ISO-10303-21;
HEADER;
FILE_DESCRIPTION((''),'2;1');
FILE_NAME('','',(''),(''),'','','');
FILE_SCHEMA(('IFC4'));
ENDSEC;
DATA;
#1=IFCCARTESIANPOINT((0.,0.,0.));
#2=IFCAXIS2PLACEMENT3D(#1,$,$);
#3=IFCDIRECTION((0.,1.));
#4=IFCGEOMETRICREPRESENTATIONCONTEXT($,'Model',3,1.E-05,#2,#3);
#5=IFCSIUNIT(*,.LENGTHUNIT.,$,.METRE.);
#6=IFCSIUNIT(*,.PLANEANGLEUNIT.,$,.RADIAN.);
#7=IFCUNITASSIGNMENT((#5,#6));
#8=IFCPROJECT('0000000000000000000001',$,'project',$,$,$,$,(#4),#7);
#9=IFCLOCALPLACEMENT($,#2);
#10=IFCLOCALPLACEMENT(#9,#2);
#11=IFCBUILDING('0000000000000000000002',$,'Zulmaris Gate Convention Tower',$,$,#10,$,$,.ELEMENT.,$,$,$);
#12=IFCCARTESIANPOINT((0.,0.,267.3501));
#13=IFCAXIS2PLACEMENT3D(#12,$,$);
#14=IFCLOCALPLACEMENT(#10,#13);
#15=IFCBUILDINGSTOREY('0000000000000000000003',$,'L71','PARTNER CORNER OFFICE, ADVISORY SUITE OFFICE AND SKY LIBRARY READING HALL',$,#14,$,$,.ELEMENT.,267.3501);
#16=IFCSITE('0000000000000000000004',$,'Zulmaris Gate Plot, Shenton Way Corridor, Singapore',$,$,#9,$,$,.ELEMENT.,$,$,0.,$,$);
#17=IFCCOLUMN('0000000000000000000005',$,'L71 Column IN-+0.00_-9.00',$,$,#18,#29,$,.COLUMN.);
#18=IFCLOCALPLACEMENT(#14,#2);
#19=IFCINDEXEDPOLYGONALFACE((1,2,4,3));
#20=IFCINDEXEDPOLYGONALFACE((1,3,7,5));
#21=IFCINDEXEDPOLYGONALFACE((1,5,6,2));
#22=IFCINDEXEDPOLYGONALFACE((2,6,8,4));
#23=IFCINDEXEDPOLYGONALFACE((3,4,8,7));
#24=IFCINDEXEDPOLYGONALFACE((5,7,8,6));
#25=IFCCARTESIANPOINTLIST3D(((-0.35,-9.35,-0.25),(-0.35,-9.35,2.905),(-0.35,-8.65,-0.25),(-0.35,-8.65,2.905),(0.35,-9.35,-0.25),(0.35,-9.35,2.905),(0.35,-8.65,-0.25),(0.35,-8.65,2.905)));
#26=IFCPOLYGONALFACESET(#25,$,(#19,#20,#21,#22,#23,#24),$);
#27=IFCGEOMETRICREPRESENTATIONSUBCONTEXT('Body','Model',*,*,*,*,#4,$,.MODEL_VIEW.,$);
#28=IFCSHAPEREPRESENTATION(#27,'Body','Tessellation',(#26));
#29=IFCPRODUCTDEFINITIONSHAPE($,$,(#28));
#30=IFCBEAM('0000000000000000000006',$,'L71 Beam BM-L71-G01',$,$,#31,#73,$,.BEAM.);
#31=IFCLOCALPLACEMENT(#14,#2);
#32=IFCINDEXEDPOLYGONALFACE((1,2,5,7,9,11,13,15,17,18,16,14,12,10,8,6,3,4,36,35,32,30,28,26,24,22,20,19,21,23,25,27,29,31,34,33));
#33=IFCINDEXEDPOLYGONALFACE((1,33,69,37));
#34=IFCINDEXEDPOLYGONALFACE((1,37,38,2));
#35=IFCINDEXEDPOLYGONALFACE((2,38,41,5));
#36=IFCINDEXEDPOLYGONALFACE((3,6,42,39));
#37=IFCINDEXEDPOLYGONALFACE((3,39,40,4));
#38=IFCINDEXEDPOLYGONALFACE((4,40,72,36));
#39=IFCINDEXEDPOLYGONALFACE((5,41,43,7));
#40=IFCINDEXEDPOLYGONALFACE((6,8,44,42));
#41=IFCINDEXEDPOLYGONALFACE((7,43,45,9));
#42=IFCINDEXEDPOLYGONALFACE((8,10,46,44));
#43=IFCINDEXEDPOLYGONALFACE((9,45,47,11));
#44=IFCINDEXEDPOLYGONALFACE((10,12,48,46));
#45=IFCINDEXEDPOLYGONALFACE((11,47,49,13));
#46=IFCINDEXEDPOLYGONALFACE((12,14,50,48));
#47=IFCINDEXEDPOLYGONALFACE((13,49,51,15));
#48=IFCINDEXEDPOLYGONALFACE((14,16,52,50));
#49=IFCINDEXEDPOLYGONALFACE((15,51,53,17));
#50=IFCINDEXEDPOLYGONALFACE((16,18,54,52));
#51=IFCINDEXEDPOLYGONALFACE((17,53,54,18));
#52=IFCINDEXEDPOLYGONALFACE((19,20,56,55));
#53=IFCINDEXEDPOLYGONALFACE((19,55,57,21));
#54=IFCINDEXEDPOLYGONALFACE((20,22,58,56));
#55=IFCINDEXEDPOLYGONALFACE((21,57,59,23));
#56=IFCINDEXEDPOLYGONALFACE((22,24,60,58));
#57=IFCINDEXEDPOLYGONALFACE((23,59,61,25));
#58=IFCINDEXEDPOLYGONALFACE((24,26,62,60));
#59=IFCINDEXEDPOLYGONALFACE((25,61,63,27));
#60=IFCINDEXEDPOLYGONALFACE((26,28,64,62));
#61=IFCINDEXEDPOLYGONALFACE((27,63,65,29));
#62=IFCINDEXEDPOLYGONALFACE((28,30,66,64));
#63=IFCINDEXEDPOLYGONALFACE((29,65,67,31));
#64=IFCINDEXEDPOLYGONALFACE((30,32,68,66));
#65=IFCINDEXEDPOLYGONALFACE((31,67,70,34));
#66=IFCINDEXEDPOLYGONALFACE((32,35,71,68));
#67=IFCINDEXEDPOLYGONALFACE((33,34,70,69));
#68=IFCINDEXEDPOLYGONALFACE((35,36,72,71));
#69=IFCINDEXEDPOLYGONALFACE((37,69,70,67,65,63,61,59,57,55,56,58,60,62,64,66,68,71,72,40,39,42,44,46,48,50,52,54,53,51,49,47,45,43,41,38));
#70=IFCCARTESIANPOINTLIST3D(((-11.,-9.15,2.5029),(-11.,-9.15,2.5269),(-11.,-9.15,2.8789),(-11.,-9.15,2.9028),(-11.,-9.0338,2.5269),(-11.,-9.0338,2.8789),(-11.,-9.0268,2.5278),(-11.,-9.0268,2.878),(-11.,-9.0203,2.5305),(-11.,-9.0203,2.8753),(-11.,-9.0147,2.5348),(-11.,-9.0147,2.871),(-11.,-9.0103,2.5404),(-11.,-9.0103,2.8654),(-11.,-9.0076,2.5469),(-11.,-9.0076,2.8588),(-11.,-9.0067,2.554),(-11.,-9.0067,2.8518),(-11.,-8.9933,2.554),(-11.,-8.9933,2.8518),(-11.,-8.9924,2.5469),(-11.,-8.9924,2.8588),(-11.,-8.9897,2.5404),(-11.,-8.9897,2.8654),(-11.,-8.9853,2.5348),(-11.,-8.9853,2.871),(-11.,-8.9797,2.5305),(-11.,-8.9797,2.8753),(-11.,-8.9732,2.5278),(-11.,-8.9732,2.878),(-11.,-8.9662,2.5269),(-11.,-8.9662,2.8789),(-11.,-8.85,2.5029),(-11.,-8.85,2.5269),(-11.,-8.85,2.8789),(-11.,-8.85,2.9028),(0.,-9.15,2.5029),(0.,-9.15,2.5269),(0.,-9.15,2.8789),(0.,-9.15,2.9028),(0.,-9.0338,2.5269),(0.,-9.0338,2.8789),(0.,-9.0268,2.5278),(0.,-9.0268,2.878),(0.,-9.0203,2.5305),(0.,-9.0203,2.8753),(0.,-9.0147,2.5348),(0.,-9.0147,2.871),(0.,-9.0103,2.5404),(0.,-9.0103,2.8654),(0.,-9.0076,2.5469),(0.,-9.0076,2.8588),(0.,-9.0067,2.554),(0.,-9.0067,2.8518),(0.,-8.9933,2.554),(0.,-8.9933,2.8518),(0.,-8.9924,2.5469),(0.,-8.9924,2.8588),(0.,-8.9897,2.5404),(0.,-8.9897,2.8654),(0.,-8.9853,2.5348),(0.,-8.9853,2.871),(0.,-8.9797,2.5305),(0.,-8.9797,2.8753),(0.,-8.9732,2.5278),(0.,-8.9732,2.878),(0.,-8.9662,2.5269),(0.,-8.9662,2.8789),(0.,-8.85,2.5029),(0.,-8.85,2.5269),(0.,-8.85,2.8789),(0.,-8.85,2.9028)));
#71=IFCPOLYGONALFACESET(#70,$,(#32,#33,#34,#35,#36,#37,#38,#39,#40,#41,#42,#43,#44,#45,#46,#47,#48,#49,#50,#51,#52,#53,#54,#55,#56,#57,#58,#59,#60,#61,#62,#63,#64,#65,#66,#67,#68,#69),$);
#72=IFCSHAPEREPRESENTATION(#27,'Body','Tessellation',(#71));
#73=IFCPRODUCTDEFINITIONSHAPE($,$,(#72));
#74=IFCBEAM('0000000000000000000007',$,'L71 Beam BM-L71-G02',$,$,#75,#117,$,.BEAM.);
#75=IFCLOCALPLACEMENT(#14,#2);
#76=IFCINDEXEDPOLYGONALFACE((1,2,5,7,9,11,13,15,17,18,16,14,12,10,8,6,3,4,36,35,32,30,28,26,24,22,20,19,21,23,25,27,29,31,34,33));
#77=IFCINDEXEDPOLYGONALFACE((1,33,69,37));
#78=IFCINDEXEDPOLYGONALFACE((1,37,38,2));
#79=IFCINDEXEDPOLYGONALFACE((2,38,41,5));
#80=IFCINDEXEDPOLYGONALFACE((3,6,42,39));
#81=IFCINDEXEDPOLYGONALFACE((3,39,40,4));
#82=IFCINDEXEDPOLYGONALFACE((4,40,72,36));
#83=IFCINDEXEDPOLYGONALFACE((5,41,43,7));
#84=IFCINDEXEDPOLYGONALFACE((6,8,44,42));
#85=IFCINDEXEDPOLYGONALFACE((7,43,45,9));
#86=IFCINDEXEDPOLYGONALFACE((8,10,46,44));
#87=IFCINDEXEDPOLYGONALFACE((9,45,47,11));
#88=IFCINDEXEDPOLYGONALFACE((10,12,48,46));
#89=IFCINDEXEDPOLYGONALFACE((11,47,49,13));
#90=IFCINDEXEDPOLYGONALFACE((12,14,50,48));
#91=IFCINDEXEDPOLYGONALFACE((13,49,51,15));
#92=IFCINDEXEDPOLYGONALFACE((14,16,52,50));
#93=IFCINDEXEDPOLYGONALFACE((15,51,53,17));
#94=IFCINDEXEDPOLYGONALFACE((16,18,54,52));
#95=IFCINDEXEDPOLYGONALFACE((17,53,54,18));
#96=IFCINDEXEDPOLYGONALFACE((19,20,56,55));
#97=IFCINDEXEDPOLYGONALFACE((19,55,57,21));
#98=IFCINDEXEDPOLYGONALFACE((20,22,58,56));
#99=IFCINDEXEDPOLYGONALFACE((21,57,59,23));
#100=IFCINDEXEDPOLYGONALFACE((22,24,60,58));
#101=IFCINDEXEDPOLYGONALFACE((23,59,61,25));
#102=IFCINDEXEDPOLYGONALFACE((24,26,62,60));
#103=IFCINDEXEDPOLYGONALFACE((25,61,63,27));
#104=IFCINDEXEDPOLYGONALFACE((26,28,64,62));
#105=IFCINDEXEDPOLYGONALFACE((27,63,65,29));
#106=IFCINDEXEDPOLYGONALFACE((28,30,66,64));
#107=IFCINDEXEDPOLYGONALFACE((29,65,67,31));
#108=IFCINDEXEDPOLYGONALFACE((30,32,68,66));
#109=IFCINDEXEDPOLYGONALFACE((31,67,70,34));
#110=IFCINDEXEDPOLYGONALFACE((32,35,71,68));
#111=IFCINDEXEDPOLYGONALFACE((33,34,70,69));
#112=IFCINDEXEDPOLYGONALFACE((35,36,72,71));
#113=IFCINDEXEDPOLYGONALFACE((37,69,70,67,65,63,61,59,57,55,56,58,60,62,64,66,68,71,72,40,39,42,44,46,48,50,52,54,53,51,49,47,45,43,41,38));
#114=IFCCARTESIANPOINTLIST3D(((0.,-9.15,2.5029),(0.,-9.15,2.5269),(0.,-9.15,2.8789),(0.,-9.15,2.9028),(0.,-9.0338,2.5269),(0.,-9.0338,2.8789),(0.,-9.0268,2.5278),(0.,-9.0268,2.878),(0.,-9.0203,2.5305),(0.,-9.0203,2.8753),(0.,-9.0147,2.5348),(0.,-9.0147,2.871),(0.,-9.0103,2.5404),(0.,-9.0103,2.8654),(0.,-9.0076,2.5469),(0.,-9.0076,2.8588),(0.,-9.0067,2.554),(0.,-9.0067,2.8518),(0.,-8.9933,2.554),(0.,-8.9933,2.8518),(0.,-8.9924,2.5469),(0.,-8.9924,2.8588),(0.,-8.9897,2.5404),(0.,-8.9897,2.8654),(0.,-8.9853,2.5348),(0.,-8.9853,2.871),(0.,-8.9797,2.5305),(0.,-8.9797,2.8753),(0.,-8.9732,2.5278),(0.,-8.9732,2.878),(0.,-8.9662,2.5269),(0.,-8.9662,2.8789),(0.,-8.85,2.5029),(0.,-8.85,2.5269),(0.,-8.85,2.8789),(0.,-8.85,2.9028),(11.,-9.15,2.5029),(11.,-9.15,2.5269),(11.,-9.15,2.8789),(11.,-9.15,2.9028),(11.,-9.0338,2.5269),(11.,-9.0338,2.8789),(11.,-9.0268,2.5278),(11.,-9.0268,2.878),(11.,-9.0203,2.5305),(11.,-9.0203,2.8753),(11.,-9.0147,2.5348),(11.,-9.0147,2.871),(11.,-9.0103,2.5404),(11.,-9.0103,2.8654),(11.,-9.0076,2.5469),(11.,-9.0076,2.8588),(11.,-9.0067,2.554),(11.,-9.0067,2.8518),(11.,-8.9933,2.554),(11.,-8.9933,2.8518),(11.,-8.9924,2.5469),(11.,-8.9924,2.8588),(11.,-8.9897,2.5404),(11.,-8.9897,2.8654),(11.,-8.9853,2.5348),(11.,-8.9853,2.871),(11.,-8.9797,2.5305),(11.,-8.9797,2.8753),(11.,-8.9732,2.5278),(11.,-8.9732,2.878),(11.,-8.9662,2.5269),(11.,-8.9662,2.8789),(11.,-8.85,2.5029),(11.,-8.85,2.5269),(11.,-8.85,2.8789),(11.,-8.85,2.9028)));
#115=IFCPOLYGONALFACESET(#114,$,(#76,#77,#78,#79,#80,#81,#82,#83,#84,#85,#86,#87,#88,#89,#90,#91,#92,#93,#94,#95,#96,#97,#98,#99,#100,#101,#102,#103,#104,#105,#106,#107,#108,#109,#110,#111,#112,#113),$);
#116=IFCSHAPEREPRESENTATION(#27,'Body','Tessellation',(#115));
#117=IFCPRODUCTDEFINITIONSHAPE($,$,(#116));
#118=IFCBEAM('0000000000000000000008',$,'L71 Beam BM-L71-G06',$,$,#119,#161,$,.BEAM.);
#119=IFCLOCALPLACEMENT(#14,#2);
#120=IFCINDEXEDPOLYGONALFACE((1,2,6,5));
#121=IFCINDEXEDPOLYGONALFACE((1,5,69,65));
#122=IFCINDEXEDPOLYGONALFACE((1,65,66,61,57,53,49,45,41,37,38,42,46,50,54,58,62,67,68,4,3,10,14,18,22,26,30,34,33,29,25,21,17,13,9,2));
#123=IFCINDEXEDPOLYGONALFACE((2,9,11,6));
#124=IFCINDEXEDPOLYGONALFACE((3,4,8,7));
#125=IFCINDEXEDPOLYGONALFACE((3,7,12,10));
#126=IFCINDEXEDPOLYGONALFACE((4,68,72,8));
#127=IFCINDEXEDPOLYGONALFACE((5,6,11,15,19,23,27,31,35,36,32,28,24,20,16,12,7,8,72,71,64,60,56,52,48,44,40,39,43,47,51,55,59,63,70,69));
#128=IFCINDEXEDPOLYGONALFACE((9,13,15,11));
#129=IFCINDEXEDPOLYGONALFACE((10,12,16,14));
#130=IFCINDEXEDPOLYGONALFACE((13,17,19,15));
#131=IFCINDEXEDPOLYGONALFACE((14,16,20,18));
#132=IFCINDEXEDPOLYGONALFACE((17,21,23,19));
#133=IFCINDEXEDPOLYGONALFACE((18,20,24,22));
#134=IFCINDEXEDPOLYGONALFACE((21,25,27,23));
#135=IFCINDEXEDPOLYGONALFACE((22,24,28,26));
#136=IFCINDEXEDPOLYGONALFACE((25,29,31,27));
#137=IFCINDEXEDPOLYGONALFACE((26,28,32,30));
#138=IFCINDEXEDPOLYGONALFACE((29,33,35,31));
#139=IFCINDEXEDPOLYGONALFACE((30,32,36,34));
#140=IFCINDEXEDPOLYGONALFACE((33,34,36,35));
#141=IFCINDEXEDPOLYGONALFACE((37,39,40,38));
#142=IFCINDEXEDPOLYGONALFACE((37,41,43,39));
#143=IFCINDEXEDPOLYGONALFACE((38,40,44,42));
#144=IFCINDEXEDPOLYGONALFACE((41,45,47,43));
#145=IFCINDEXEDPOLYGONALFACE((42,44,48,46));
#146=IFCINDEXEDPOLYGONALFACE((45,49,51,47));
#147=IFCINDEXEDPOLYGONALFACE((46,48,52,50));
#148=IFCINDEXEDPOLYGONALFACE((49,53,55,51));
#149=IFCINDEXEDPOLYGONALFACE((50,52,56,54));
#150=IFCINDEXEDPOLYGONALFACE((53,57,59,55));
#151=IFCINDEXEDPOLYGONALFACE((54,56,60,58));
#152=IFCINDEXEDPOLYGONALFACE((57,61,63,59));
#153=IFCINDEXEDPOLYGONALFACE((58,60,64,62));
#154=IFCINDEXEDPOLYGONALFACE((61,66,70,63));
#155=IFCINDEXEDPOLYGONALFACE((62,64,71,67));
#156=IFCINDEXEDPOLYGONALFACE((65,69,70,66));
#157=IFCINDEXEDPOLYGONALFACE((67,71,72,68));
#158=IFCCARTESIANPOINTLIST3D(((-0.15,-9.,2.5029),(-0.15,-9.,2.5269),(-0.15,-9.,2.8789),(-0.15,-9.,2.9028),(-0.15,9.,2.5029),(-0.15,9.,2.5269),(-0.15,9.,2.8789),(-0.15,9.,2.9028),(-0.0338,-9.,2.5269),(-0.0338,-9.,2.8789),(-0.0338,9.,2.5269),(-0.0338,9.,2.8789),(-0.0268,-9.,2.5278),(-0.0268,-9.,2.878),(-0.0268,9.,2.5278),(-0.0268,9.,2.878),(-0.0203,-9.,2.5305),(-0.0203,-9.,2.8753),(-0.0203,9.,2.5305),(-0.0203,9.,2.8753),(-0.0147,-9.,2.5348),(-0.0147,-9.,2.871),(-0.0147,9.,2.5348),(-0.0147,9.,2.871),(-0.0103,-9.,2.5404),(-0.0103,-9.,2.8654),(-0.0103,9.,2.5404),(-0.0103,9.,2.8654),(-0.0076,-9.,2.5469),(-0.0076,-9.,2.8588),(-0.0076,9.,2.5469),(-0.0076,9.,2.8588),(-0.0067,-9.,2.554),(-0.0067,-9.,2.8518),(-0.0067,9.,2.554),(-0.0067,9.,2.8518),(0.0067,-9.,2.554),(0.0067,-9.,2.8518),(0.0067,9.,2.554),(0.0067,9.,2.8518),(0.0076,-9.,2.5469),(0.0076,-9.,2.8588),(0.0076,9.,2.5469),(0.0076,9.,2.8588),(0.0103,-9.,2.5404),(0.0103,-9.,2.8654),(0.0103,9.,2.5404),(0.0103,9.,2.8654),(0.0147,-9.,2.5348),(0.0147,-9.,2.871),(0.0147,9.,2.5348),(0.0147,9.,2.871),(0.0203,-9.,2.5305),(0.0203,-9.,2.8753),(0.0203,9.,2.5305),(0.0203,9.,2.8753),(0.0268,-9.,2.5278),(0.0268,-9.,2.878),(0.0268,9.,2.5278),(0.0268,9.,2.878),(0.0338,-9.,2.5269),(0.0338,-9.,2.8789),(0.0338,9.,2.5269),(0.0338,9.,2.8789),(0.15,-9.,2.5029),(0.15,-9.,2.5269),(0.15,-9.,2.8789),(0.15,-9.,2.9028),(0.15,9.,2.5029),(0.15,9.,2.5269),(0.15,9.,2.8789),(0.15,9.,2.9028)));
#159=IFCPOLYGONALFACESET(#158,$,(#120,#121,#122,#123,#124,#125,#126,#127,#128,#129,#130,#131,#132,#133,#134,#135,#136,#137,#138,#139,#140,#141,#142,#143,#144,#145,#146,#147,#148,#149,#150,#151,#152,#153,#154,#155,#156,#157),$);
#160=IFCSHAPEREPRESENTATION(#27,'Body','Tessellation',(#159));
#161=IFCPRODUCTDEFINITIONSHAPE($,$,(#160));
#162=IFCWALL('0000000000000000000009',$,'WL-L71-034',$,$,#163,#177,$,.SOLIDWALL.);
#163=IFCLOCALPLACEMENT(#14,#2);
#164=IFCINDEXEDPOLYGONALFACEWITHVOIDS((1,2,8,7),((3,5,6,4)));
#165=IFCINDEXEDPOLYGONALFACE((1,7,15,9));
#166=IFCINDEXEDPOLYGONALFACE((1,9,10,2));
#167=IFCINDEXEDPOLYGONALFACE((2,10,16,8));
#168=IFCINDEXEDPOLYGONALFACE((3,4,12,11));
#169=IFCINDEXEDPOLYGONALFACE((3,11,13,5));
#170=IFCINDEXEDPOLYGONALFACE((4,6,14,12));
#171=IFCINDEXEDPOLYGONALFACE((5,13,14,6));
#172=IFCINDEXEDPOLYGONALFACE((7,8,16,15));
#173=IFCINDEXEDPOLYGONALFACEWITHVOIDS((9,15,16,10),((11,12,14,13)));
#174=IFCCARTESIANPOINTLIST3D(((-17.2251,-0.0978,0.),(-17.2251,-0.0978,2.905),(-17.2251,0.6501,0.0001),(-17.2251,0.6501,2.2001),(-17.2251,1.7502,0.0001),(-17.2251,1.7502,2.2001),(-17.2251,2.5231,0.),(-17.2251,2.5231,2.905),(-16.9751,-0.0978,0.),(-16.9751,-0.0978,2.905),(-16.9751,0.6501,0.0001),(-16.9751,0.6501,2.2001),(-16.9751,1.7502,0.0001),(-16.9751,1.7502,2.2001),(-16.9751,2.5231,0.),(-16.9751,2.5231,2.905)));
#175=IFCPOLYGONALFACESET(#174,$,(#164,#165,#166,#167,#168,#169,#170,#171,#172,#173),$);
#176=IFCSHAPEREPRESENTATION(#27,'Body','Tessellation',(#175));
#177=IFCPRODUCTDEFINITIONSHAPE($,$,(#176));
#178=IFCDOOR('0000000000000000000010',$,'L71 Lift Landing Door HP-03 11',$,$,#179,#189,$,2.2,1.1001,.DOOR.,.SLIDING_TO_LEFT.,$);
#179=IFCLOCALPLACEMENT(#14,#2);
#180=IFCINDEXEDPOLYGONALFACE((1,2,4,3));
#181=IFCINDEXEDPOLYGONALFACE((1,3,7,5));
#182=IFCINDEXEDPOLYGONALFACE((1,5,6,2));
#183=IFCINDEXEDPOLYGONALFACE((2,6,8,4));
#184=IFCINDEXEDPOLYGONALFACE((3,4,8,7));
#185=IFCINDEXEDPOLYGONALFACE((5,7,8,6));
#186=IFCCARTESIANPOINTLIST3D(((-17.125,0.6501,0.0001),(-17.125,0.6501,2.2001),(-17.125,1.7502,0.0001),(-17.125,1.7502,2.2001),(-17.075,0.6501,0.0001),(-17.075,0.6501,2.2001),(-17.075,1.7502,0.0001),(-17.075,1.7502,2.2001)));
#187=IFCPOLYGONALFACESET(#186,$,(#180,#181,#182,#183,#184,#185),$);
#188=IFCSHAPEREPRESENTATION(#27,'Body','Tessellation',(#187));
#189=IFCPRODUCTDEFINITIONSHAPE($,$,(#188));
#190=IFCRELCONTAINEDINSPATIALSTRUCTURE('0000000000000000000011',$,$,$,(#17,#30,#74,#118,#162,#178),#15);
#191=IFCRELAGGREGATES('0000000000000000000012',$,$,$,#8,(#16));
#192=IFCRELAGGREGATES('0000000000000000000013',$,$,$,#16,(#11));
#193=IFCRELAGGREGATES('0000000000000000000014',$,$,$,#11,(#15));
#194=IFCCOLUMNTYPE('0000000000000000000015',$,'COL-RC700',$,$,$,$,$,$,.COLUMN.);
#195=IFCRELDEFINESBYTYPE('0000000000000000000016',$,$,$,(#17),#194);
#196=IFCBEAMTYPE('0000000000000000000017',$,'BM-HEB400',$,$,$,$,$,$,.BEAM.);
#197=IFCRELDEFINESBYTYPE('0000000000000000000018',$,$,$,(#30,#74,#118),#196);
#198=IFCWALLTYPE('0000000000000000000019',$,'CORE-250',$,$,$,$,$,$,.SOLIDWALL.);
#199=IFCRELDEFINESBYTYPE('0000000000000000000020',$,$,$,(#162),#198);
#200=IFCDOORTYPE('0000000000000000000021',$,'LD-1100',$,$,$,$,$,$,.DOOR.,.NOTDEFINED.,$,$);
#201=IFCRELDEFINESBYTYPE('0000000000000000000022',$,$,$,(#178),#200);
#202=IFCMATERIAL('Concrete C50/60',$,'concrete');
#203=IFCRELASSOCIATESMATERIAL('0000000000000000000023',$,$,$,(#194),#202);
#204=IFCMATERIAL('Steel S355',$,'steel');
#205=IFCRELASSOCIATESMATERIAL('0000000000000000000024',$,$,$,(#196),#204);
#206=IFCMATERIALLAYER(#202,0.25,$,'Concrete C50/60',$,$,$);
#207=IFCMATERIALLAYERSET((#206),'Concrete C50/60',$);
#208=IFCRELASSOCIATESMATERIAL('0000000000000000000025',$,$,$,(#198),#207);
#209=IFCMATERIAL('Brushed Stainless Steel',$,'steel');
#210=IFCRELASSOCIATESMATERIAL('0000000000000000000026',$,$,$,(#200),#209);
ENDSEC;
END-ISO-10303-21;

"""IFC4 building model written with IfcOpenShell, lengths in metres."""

from ifc_helpers import new_model, si_unit, direction, frame, frame_2d, origin, origin_2d, place, context, subcontext, project, spatial, rectangle, i_section, extrude, material, layer, layer_set, material_profile, profile_set, type_object, element, fill, save


model = new_model("IFC4")

# Units and contexts
model_context = context("Model", 3, precision=1e-05, world=origin(), true_north=direction((0.0, 1.0)))
body_context = subcontext(model_context, "Body", "Model", "MODEL_VIEW")
ifc_project = project(units=[si_unit("LENGTHUNIT", "METRE"), si_unit("PLANEANGLEUNIT", "RADIAN")], contexts=[model_context])

# Site, building, storey
site_placement = place(None, origin())
site = spatial("IfcSite", under=ifc_project, at=site_placement, Name="Zulmaris Gate Plot, Shenton Way Corridor, Singapore", CompositionType="ELEMENT", RefElevation=0.0)
building_placement = place(site_placement, origin())
building = spatial("IfcBuilding", under=site, at=building_placement, Name="Zulmaris Gate Convention Tower", CompositionType="ELEMENT")
storey_placement = place(building_placement, frame((0.0, 0.0, 267.3501)))
storey = spatial("IfcBuildingStorey", under=building, at=storey_placement, Name="L71", Description="PARTNER CORNER OFFICE, ADVISORY SUITE OFFICE AND SKY LIBRARY READING HALL", CompositionType="ELEMENT", Elevation=267.3501)

# Column
ifc_material_1 = material(Name="Concrete C50/60", Category="concrete")
ifc_material_profile_1 = material_profile(ifc_material_1, rectangle(XDim=0.7, YDim=0.7, at=origin_2d()), Name="RC COL 700x700")
ifc_profile_set_1 = profile_set([ifc_material_profile_1], Name="Concrete C50/60")
column_type = type_object("IfcColumnType", Name="COL-RC700", PredefinedType="COLUMN", material=ifc_profile_set_1)
column_placement = place(storey_placement, frame((0.0, -9.0, -0.25), z_axis=(0.0, 0.0, 1.0), x_axis=(1.0, 0.0, 0.0)))
element("IfcColumn", 1, at=column_placement, inside=storey, type_object=column_type, Name="L71 Column IN-+0.00_-9.00", PredefinedType="COLUMN", context=body_context, shape_type="SweptSolid", body=[
    extrude(rectangle(XDim=0.7, YDim=0.7, at=origin_2d()), origin(), (0.0, 0.0, 1.0), 3.155),
])

# Beams
ifc_material_2 = material(Name="Steel S355", Category="steel")
ifc_material_profile_2 = material_profile(ifc_material_2, i_section(OverallWidth=0.3, OverallDepth=0.3999, WebThickness=0.0134, FlangeThickness=0.0239, FilletRadius=0.0271, at=origin_2d()), Name="HEB 400")
ifc_profile_set_2 = profile_set([ifc_material_profile_2], Name="Steel S355")
beam_type = type_object("IfcBeamType", Name="BM-HEB400", PredefinedType="BEAM", material=ifc_profile_set_2)
for number, where, z_axis, x_axis, name in (
    (2, (-11.0, -9.0, 2.7029), (1.0, 0.0, 0.0), (0.0, 1.0, 0.0), "L71 Beam BM-L71-G01"),
    (3, (0.0, -9.0, 2.7029), (1.0, 0.0, 0.0), (0.0, 1.0, 0.0), "L71 Beam BM-L71-G02"),
):
    element("IfcBeam", number, at=place(storey_placement, frame(where, z_axis=z_axis, x_axis=x_axis)), inside=storey, type_object=beam_type, Name=name, PredefinedType="BEAM", context=body_context, shape_type="SweptSolid", body=[
        extrude(i_section(OverallWidth=0.3, OverallDepth=0.3999, WebThickness=0.0134, FlangeThickness=0.0239, FilletRadius=0.0271, at=origin_2d()), origin(), (0.0, 0.0, 1.0), 11.0),
    ])
beam_placement = place(storey_placement, frame((0.0, -9.0, 2.7029), z_axis=(0.0, 1.0, 0.0), x_axis=(-1.0, 0.0, 0.0)))
element("IfcBeam", 4, at=beam_placement, inside=storey, type_object=beam_type, Name="L71 Beam BM-L71-G06", PredefinedType="BEAM", context=body_context, shape_type="SweptSolid", body=[
    extrude(i_section(OverallWidth=0.3, OverallDepth=0.3999, WebThickness=0.0134, FlangeThickness=0.0239, FilletRadius=0.0271, at=origin_2d()), origin(), (0.0, 0.0, 1.0), 18.0),
])

# Wall, opening, door
ifc_layer_1 = layer(ifc_material_1, 0.25, Name="Concrete C50/60")
ifc_layer_set_1 = layer_set([ifc_layer_1], Name="Concrete C50/60")
wall_type_1 = type_object("IfcWallType", Name="CORE-250", PredefinedType="SOLIDWALL", material=ifc_layer_set_1)
wall_1_placement = place(storey_placement, frame((-17.1001, -0.0979, 0.0), z_axis=(0.0, 0.0, 1.0), x_axis=(0.0, 1.0, 0.0)))
wall_1 = element("IfcWall", 5, at=wall_1_placement, inside=storey, type_object=wall_type_1, Name="WL-L71-034", PredefinedType="SOLIDWALL", context=body_context, shape_type="SweptSolid", body=[
    extrude(rectangle(XDim=2.6208, YDim=0.25, at=frame_2d((1.3105, 0.0))), origin(), (0.0, 0.0, 1.0), 2.905),
])
opening_1_placement = place(wall_1_placement, frame((0.748, 0.0, 0.0)))
opening_1 = element("IfcOpeningElement", 6, at=opening_1_placement, cuts=wall_1, PredefinedType="OPENING", context=body_context, shape_type="SweptSolid", body=[
    extrude(rectangle(XDim=1.1001, YDim=2.2, at=frame_2d((0.55, 1.1001))), frame((0.0, 0.135, 0.0), z_axis=(0.0, -1.0, 0.0), x_axis=(1.0, 0.0, 0.0)), (0.0, 0.0, 1.0), 0.27),
])
ifc_material_3 = material(Name="Brushed Stainless Steel", Category="steel")
door_type_1 = type_object("IfcDoorType", Name="LD-1100", OperationType="NOTDEFINED", PredefinedType="DOOR", material=ifc_material_3)
door_1_placement = place(opening_1_placement, origin())
door_1 = element("IfcDoor", 7, at=door_1_placement, inside=storey, type_object=door_type_1, Name="L71 Lift Landing Door HP-03 11", OperationType="SLIDING_TO_LEFT", OverallHeight=2.2, OverallWidth=1.1001, PredefinedType="DOOR", context=body_context, shape_type="SweptSolid", body=[
    extrude(rectangle(XDim=1.1001, YDim=2.2, at=frame_2d((0.55, 1.1001))), frame((0.0, 0.0249, 0.0), z_axis=(0.0, -1.0, 0.0), x_axis=(1.0, 0.0, 0.0)), (0.0, 0.0, 1.0), 0.05),
])
fill(opening_1, door_1)

save(model, "model.ifc")
